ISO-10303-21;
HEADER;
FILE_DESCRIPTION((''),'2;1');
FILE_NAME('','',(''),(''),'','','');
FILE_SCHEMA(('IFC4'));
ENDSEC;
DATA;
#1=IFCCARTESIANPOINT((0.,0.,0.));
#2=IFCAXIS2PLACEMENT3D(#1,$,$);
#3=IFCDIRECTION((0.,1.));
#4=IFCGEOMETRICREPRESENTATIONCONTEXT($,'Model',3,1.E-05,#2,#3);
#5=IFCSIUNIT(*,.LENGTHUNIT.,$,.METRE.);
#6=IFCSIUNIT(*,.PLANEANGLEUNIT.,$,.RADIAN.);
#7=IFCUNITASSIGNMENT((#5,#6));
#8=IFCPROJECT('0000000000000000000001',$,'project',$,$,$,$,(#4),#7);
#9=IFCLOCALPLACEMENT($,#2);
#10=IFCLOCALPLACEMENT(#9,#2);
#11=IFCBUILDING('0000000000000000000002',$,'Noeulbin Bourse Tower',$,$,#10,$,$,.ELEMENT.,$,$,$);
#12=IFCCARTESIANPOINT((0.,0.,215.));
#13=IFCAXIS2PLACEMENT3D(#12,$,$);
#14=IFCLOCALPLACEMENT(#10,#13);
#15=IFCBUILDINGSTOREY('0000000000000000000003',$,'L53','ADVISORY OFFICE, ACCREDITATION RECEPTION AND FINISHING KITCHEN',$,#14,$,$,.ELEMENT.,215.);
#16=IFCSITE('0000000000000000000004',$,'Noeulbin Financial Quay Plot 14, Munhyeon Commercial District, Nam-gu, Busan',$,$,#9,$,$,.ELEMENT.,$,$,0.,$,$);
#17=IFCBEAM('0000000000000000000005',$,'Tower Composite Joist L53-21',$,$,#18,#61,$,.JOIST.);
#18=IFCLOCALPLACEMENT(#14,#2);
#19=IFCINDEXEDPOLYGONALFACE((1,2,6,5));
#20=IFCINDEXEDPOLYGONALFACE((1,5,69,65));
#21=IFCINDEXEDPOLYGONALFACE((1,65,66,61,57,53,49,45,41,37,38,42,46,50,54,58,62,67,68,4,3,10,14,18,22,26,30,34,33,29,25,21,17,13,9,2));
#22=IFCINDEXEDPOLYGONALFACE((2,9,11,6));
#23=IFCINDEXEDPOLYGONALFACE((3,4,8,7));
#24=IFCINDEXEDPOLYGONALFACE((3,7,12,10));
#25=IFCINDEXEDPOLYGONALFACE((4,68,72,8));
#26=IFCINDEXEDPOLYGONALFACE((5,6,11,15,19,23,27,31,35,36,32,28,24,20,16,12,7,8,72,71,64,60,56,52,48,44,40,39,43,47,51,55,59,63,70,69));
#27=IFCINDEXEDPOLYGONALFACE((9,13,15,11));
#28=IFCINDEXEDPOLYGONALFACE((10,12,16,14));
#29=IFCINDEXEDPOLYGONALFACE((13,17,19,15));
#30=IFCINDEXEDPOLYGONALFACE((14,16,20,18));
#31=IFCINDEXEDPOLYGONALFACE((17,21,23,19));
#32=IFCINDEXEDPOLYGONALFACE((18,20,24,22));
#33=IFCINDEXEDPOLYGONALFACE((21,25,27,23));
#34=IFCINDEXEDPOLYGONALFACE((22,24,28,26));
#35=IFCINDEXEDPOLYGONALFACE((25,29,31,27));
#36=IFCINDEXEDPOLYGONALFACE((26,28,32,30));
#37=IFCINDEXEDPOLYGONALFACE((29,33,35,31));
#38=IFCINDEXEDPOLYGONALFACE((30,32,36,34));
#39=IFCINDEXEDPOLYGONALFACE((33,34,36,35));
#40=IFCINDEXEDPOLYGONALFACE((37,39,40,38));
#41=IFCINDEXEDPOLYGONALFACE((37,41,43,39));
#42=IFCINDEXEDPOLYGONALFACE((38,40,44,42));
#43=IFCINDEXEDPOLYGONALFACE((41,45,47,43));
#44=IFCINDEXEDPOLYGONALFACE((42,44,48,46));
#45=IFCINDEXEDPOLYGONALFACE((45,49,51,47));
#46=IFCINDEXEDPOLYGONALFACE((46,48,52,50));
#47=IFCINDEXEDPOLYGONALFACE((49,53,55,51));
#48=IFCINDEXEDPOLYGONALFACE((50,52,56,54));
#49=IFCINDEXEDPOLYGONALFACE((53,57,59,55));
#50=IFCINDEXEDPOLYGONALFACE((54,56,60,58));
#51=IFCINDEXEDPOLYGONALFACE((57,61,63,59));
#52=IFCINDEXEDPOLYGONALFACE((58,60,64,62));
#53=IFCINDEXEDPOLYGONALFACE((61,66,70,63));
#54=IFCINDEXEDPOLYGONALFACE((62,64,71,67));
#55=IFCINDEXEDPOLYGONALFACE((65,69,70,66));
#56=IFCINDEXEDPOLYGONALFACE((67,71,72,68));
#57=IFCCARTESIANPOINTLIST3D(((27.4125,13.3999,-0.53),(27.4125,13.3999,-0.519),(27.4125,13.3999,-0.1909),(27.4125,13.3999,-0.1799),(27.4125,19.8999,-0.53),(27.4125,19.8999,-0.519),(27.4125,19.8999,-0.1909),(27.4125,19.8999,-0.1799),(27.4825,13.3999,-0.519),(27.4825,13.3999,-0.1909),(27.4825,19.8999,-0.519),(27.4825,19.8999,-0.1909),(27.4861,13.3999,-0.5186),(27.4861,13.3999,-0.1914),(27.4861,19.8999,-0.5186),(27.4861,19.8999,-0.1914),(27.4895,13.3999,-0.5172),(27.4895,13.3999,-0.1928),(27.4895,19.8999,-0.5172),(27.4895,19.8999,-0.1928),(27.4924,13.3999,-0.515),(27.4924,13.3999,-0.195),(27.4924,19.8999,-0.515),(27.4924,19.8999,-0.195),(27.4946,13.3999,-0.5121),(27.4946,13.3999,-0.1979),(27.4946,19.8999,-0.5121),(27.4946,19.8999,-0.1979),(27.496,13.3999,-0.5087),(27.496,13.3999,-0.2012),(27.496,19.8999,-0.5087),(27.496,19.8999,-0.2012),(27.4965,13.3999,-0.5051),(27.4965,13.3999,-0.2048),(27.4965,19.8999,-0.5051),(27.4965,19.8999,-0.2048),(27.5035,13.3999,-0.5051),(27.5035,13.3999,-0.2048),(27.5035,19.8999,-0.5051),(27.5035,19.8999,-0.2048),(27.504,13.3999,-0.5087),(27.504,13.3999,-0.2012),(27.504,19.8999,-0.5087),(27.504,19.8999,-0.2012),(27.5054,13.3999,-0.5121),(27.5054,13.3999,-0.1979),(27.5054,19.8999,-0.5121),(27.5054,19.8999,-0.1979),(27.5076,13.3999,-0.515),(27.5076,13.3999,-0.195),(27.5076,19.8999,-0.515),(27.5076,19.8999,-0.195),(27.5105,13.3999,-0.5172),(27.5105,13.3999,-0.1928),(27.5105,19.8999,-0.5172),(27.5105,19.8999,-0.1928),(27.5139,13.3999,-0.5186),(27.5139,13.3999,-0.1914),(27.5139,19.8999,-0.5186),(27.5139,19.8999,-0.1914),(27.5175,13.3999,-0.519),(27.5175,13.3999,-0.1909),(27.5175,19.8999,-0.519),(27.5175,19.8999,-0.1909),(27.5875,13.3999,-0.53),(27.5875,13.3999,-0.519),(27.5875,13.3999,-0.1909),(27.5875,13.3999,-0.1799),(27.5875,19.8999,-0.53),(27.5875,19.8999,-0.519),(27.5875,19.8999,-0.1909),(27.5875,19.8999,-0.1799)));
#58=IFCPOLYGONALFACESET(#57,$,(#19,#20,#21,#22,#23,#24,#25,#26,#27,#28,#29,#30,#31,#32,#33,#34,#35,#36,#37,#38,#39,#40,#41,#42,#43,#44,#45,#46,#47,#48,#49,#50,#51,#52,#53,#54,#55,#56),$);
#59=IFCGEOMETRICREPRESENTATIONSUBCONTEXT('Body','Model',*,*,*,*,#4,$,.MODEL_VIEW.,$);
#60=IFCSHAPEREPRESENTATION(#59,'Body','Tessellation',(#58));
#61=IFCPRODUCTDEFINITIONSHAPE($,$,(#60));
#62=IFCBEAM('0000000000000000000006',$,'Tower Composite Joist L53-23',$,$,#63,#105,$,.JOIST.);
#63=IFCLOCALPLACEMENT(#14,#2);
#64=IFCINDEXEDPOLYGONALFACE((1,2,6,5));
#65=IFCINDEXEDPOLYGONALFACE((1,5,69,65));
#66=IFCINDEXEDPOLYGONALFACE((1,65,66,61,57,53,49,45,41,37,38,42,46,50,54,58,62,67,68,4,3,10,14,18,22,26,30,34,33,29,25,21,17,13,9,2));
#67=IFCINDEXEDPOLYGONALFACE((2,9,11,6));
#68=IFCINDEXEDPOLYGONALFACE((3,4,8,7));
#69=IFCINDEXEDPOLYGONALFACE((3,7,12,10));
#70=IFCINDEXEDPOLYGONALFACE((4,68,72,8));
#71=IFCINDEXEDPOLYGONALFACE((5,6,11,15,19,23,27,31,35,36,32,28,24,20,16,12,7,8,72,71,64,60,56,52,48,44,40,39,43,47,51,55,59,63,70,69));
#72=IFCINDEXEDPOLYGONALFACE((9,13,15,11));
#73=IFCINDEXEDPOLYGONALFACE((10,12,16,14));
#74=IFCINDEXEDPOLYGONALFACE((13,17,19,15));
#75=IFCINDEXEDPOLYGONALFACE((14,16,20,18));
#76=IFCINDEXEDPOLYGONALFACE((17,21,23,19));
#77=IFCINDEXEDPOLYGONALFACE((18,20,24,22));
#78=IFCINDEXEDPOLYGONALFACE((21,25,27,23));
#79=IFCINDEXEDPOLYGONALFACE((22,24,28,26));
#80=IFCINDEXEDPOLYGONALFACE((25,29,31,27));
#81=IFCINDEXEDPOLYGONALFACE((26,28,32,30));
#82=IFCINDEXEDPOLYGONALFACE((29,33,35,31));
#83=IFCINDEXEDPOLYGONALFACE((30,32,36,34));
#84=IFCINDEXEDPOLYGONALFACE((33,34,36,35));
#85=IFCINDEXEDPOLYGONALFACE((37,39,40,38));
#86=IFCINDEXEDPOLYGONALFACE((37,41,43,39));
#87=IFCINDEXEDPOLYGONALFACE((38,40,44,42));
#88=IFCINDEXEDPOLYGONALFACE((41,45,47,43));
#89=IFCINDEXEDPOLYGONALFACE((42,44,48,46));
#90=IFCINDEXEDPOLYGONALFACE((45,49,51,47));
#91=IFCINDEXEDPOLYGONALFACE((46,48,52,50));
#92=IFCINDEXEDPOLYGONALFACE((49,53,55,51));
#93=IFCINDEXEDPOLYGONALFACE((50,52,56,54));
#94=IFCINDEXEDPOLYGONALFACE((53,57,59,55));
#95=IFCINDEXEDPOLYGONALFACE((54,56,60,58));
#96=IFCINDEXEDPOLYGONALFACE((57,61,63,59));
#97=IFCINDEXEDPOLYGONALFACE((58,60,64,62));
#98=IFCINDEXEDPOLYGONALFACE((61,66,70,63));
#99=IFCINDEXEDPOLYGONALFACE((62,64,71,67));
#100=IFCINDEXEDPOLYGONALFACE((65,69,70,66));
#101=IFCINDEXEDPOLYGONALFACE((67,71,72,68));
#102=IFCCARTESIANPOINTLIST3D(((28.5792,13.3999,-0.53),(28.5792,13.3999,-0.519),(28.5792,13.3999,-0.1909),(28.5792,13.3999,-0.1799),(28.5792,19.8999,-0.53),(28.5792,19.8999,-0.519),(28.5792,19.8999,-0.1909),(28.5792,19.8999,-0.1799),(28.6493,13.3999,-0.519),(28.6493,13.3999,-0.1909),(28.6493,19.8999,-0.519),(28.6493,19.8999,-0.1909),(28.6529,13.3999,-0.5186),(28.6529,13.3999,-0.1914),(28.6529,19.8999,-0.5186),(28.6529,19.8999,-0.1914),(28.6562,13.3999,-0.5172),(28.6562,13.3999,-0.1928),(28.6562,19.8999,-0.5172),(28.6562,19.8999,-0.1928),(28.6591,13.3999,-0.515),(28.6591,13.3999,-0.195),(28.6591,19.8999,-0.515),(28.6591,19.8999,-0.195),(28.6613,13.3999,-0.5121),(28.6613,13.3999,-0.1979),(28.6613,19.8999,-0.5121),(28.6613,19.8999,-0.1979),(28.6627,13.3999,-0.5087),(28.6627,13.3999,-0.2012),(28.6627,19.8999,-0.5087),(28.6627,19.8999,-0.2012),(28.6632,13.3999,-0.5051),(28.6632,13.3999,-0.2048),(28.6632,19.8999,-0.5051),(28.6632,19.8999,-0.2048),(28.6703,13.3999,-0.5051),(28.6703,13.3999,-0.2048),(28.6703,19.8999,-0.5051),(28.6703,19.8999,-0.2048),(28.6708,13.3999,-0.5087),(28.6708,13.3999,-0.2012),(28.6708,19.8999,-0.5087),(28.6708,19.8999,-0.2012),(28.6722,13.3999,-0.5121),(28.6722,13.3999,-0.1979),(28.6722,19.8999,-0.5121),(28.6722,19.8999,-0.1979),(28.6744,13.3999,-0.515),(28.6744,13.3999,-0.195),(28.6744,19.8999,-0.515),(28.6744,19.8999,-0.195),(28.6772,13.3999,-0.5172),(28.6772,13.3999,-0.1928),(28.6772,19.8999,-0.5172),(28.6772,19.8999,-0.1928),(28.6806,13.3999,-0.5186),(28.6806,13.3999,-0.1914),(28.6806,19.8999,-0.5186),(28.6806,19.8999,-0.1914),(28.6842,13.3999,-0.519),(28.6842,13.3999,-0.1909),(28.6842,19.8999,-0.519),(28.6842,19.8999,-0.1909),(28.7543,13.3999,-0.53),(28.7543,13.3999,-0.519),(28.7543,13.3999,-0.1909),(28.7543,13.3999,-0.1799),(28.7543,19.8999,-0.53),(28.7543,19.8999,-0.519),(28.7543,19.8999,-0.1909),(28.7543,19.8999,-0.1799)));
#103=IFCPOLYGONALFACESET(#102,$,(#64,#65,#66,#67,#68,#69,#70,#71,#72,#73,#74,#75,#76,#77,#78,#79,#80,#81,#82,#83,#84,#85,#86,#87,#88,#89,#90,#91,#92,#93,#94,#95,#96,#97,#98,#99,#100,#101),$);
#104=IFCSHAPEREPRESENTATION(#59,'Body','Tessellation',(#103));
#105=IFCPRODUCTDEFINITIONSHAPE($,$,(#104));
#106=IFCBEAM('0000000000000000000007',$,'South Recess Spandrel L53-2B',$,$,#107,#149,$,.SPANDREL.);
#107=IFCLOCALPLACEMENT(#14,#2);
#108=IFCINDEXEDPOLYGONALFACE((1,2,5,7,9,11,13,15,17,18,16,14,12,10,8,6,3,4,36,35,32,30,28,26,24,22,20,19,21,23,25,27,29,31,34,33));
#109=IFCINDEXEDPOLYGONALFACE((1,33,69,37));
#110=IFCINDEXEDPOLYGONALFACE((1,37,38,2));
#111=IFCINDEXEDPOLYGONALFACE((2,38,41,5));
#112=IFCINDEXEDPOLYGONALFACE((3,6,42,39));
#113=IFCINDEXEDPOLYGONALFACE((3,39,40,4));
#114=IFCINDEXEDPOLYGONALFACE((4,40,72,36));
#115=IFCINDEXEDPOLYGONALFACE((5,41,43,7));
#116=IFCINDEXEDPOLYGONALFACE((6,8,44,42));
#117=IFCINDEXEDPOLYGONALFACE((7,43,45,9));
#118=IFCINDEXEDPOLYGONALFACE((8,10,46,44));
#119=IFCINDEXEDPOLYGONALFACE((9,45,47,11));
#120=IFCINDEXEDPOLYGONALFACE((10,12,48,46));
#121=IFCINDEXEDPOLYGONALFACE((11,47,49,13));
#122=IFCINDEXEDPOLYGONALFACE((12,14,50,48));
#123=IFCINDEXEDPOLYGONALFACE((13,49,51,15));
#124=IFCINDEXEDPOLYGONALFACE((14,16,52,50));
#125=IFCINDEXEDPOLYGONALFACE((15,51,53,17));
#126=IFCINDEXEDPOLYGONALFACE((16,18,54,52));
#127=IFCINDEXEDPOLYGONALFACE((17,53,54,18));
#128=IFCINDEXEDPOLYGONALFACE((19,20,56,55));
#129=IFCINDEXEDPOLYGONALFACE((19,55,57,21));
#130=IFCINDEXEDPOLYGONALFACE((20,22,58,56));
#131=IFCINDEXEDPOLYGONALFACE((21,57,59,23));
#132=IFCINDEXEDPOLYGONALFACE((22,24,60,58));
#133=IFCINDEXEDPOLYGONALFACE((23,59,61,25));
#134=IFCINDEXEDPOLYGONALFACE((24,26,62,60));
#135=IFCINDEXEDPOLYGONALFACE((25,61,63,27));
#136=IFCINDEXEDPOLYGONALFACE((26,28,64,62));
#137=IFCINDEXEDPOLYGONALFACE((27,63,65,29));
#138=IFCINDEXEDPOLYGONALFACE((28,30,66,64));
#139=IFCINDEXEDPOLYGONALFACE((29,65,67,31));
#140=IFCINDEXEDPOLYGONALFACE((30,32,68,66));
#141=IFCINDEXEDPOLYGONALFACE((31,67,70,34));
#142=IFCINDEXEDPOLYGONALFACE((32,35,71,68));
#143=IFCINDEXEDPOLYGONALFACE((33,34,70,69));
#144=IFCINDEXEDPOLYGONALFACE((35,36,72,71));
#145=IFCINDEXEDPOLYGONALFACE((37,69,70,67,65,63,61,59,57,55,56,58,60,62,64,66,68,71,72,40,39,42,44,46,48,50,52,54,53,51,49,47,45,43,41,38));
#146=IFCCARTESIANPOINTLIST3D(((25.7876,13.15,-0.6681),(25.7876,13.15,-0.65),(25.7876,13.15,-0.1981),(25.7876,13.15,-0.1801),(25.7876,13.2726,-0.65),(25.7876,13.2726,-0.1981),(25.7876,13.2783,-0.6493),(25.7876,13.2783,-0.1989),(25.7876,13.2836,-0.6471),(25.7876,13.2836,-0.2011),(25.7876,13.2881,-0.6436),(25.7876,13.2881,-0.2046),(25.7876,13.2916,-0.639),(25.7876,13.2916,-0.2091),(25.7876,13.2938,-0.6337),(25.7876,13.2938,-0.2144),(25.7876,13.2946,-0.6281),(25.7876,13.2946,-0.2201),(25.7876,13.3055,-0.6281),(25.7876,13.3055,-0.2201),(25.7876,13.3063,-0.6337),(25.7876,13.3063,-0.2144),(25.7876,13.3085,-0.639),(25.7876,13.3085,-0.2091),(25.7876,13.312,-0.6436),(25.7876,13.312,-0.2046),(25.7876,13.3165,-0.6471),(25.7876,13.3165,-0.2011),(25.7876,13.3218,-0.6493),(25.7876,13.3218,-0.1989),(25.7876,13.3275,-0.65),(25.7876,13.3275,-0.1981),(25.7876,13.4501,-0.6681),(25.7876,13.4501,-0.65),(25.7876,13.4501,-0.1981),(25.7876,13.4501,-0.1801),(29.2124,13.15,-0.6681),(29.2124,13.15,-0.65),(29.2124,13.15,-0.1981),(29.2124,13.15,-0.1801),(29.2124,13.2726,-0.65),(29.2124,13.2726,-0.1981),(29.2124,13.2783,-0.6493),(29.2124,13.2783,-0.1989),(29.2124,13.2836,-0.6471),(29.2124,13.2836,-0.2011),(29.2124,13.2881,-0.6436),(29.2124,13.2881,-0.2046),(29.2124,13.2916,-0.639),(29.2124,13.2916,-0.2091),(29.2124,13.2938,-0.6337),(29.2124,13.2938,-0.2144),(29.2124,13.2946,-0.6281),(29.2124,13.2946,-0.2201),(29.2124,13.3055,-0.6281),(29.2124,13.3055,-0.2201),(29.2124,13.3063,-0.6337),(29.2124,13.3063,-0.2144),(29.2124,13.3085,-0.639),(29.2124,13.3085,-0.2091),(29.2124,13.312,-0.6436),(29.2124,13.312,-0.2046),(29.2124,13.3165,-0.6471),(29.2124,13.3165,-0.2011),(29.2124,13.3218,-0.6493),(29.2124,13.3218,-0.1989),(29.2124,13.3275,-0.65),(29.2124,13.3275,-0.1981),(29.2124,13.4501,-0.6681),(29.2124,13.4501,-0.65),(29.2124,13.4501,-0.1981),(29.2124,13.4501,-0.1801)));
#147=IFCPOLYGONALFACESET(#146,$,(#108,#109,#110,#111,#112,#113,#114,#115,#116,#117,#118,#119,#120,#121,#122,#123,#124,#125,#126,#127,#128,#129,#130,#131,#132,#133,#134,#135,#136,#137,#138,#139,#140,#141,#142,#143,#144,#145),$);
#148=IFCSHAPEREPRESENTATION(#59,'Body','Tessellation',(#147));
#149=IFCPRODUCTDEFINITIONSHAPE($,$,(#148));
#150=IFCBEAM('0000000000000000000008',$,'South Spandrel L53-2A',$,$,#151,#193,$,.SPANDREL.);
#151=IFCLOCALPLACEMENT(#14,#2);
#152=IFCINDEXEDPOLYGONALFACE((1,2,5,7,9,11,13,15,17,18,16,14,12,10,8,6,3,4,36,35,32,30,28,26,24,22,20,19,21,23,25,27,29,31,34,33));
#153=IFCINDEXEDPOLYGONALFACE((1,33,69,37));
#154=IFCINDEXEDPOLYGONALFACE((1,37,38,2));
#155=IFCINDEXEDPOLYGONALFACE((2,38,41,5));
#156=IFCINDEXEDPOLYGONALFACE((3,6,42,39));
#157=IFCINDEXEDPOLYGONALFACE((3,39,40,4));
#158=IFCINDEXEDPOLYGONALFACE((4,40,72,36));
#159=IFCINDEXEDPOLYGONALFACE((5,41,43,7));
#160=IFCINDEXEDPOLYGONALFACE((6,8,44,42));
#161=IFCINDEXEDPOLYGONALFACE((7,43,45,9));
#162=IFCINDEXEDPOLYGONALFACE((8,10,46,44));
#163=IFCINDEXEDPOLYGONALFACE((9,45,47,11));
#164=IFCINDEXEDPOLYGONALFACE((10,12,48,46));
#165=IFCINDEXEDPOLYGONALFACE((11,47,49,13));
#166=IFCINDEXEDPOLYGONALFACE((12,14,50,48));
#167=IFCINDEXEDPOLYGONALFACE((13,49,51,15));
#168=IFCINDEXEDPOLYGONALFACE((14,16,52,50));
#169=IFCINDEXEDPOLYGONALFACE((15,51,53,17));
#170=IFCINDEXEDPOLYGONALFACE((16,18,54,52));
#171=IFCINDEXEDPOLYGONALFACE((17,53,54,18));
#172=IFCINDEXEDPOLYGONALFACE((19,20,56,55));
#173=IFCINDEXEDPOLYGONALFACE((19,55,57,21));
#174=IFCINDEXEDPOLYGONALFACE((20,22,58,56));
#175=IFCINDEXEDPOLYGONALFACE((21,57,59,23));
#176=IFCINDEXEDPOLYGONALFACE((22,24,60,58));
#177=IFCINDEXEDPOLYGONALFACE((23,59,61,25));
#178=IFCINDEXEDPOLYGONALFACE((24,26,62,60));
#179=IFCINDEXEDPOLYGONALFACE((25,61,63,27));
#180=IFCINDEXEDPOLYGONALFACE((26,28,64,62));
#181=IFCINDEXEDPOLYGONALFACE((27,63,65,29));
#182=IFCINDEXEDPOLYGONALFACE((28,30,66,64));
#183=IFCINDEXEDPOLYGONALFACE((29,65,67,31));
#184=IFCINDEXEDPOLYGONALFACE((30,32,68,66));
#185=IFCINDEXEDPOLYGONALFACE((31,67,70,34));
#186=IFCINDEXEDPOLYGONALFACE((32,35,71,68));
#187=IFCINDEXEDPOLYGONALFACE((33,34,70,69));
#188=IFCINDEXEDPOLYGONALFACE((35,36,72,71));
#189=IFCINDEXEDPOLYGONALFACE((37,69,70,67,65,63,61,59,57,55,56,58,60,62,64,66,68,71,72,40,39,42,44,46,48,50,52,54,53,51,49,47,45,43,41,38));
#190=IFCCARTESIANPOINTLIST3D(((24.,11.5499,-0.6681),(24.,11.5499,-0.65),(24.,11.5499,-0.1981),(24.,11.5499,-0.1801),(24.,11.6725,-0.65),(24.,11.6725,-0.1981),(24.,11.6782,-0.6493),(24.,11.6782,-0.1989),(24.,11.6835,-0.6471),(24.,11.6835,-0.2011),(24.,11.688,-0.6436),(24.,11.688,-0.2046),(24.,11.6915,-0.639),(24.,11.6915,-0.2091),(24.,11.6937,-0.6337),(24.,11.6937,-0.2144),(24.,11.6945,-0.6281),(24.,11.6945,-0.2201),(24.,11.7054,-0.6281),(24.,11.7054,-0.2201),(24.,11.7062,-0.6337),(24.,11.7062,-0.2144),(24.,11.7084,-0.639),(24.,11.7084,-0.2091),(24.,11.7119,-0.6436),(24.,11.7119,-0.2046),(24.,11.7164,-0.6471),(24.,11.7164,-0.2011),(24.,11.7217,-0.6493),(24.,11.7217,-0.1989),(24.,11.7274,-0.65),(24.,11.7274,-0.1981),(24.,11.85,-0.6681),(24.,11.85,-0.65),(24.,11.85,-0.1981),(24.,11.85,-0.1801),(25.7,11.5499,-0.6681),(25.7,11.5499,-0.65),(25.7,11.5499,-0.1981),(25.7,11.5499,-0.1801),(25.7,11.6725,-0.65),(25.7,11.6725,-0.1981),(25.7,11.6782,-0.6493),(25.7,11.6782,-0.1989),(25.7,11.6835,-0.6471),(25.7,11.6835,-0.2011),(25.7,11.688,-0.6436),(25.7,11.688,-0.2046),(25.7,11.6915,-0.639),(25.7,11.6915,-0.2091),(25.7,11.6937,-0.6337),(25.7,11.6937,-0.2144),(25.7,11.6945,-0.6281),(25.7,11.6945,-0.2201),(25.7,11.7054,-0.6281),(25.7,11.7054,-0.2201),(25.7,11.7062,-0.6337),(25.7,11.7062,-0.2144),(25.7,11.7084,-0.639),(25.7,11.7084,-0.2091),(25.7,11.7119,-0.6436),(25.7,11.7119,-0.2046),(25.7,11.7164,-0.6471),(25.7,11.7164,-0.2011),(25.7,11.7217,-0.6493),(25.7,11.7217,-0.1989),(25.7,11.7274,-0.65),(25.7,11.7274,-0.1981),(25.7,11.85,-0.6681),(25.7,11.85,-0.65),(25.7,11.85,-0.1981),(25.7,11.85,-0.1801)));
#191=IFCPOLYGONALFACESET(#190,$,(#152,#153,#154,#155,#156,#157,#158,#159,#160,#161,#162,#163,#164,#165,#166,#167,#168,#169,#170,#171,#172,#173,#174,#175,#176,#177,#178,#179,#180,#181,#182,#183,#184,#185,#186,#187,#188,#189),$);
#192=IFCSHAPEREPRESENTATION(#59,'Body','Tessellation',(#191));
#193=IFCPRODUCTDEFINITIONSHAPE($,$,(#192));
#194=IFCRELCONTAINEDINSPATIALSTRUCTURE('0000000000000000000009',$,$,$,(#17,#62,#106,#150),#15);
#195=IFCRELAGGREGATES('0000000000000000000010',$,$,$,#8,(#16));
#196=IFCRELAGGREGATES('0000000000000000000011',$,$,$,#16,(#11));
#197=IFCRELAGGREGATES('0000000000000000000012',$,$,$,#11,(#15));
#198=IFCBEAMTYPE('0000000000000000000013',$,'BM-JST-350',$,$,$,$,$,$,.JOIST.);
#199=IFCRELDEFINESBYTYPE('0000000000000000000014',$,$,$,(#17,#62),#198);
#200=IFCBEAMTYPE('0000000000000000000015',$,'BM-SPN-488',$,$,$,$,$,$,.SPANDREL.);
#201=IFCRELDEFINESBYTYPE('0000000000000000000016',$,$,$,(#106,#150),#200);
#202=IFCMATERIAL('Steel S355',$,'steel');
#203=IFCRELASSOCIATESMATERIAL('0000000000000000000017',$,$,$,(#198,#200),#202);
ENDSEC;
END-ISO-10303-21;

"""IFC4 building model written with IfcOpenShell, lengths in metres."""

from ifc_helpers import new_model, si_unit, direction, frame, origin, origin_2d, place, context, subcontext, project, spatial, i_section, extrude, material, material_profile, profile_set, type_object, element, save


model = new_model("IFC4")

# Units and contexts
model_context = context("Model", 3, precision=1e-05, world=origin(), true_north=direction((0.0, 1.0)))
body_context = subcontext(model_context, "Body", "Model", "MODEL_VIEW")
ifc_project = project(units=[si_unit("LENGTHUNIT", "METRE"), si_unit("PLANEANGLEUNIT", "RADIAN")], contexts=[model_context])

# Site, building, storey
site_placement = place(None, origin())
site = spatial("IfcSite", under=ifc_project, at=site_placement, Name="Noeulbin Financial Quay Plot 14, Munhyeon Commercial District, Nam-gu, Busan", CompositionType="ELEMENT", RefElevation=0.0)
building_placement = place(site_placement, origin())
building = spatial("IfcBuilding", under=site, at=building_placement, Name="Noeulbin Bourse Tower", CompositionType="ELEMENT")
storey_placement = place(building_placement, frame((0.0, 0.0, 215.0)))
storey = spatial("IfcBuildingStorey", under=building, at=storey_placement, Name="L53", Description="ADVISORY OFFICE, ACCREDITATION RECEPTION AND FINISHING KITCHEN", CompositionType="ELEMENT", Elevation=215.0)

# Shared definitions
ifc_material_1 = material(Name="Steel S355", Category="steel")

# Beams
ifc_material_profile_1 = material_profile(ifc_material_1, i_section(OverallWidth=0.175, OverallDepth=0.3501, WebThickness=0.0071, FlangeThickness=0.011, FilletRadius=0.0139, at=origin_2d()), Name="H-350x175x7x11", Category="LoadBearing")
ifc_profile_set_1 = profile_set([ifc_material_profile_1], Name="Steel S355")
beam_type_1 = type_object("IfcBeamType", Name="BM-JST-350", PredefinedType="JOIST", material=ifc_profile_set_1)
for number, where, z_axis, x_axis, name in (
    (1, (27.5, 13.3999, -0.355), (0.0, 1.0, 0.0), (-1.0, 0.0, 0.0), "Tower Composite Joist L53-21"),
    (2, (28.6667, 13.3999, -0.355), (0.0, 1.0, 0.0), (-1.0, 0.0, 0.0), "Tower Composite Joist L53-23"),
):
    element("IfcBeam", number, at=place(storey_placement, frame(where, z_axis=z_axis, x_axis=x_axis)), inside=storey, type_object=beam_type_1, Name=name, PredefinedType="JOIST", context=body_context, shape_type="SweptSolid", body=[
        extrude(i_section(OverallWidth=0.175, OverallDepth=0.3501, WebThickness=0.0071, FlangeThickness=0.011, FilletRadius=0.0139, at=origin_2d()), origin(), (0.0, 0.0, 1.0), 6.5),
    ])
ifc_material_profile_2 = material_profile(ifc_material_1, i_section(OverallWidth=0.3, OverallDepth=0.488, WebThickness=0.011, FlangeThickness=0.0181, FilletRadius=0.022, at=origin_2d()), Name="H-488x300x11x18", Category="LoadBearing")
ifc_profile_set_2 = profile_set([ifc_material_profile_2], Name="Steel S355")
beam_type_2 = type_object("IfcBeamType", Name="BM-SPN-488", PredefinedType="SPANDREL", material=ifc_profile_set_2)
beam_1_placement = place(storey_placement, frame((25.7876, 13.3, -0.4241), z_axis=(1.0, 0.0, 0.0), x_axis=(0.0, 1.0, 0.0)))
element("IfcBeam", 3, at=beam_1_placement, inside=storey, type_object=beam_type_2, Name="South Recess Spandrel L53-2B", PredefinedType="SPANDREL", context=body_context, shape_type="SweptSolid", body=[
    extrude(i_section(OverallWidth=0.3, OverallDepth=0.488, WebThickness=0.011, FlangeThickness=0.0181, FilletRadius=0.022, at=origin_2d()), origin(), (0.0, 0.0, 1.0), 3.4248),
])
for number, where, z_axis, x_axis, name in (
    (4, (24.0, 11.7, -0.4241), (1.0, 0.0, 0.0), (0.0, 1.0, 0.0), "South Spandrel L53-2A"),
):
    element("IfcBeam", number, at=place(storey_placement, frame(where, z_axis=z_axis, x_axis=x_axis)), inside=storey, type_object=beam_type_2, Name=name, PredefinedType="SPANDREL", context=body_context, shape_type="SweptSolid", body=[
        extrude(i_section(OverallWidth=0.3, OverallDepth=0.488, WebThickness=0.011, FlangeThickness=0.0181, FilletRadius=0.022, at=origin_2d()), origin(), (0.0, 0.0, 1.0), 1.7),
    ])

save(model, "model.ifc")
